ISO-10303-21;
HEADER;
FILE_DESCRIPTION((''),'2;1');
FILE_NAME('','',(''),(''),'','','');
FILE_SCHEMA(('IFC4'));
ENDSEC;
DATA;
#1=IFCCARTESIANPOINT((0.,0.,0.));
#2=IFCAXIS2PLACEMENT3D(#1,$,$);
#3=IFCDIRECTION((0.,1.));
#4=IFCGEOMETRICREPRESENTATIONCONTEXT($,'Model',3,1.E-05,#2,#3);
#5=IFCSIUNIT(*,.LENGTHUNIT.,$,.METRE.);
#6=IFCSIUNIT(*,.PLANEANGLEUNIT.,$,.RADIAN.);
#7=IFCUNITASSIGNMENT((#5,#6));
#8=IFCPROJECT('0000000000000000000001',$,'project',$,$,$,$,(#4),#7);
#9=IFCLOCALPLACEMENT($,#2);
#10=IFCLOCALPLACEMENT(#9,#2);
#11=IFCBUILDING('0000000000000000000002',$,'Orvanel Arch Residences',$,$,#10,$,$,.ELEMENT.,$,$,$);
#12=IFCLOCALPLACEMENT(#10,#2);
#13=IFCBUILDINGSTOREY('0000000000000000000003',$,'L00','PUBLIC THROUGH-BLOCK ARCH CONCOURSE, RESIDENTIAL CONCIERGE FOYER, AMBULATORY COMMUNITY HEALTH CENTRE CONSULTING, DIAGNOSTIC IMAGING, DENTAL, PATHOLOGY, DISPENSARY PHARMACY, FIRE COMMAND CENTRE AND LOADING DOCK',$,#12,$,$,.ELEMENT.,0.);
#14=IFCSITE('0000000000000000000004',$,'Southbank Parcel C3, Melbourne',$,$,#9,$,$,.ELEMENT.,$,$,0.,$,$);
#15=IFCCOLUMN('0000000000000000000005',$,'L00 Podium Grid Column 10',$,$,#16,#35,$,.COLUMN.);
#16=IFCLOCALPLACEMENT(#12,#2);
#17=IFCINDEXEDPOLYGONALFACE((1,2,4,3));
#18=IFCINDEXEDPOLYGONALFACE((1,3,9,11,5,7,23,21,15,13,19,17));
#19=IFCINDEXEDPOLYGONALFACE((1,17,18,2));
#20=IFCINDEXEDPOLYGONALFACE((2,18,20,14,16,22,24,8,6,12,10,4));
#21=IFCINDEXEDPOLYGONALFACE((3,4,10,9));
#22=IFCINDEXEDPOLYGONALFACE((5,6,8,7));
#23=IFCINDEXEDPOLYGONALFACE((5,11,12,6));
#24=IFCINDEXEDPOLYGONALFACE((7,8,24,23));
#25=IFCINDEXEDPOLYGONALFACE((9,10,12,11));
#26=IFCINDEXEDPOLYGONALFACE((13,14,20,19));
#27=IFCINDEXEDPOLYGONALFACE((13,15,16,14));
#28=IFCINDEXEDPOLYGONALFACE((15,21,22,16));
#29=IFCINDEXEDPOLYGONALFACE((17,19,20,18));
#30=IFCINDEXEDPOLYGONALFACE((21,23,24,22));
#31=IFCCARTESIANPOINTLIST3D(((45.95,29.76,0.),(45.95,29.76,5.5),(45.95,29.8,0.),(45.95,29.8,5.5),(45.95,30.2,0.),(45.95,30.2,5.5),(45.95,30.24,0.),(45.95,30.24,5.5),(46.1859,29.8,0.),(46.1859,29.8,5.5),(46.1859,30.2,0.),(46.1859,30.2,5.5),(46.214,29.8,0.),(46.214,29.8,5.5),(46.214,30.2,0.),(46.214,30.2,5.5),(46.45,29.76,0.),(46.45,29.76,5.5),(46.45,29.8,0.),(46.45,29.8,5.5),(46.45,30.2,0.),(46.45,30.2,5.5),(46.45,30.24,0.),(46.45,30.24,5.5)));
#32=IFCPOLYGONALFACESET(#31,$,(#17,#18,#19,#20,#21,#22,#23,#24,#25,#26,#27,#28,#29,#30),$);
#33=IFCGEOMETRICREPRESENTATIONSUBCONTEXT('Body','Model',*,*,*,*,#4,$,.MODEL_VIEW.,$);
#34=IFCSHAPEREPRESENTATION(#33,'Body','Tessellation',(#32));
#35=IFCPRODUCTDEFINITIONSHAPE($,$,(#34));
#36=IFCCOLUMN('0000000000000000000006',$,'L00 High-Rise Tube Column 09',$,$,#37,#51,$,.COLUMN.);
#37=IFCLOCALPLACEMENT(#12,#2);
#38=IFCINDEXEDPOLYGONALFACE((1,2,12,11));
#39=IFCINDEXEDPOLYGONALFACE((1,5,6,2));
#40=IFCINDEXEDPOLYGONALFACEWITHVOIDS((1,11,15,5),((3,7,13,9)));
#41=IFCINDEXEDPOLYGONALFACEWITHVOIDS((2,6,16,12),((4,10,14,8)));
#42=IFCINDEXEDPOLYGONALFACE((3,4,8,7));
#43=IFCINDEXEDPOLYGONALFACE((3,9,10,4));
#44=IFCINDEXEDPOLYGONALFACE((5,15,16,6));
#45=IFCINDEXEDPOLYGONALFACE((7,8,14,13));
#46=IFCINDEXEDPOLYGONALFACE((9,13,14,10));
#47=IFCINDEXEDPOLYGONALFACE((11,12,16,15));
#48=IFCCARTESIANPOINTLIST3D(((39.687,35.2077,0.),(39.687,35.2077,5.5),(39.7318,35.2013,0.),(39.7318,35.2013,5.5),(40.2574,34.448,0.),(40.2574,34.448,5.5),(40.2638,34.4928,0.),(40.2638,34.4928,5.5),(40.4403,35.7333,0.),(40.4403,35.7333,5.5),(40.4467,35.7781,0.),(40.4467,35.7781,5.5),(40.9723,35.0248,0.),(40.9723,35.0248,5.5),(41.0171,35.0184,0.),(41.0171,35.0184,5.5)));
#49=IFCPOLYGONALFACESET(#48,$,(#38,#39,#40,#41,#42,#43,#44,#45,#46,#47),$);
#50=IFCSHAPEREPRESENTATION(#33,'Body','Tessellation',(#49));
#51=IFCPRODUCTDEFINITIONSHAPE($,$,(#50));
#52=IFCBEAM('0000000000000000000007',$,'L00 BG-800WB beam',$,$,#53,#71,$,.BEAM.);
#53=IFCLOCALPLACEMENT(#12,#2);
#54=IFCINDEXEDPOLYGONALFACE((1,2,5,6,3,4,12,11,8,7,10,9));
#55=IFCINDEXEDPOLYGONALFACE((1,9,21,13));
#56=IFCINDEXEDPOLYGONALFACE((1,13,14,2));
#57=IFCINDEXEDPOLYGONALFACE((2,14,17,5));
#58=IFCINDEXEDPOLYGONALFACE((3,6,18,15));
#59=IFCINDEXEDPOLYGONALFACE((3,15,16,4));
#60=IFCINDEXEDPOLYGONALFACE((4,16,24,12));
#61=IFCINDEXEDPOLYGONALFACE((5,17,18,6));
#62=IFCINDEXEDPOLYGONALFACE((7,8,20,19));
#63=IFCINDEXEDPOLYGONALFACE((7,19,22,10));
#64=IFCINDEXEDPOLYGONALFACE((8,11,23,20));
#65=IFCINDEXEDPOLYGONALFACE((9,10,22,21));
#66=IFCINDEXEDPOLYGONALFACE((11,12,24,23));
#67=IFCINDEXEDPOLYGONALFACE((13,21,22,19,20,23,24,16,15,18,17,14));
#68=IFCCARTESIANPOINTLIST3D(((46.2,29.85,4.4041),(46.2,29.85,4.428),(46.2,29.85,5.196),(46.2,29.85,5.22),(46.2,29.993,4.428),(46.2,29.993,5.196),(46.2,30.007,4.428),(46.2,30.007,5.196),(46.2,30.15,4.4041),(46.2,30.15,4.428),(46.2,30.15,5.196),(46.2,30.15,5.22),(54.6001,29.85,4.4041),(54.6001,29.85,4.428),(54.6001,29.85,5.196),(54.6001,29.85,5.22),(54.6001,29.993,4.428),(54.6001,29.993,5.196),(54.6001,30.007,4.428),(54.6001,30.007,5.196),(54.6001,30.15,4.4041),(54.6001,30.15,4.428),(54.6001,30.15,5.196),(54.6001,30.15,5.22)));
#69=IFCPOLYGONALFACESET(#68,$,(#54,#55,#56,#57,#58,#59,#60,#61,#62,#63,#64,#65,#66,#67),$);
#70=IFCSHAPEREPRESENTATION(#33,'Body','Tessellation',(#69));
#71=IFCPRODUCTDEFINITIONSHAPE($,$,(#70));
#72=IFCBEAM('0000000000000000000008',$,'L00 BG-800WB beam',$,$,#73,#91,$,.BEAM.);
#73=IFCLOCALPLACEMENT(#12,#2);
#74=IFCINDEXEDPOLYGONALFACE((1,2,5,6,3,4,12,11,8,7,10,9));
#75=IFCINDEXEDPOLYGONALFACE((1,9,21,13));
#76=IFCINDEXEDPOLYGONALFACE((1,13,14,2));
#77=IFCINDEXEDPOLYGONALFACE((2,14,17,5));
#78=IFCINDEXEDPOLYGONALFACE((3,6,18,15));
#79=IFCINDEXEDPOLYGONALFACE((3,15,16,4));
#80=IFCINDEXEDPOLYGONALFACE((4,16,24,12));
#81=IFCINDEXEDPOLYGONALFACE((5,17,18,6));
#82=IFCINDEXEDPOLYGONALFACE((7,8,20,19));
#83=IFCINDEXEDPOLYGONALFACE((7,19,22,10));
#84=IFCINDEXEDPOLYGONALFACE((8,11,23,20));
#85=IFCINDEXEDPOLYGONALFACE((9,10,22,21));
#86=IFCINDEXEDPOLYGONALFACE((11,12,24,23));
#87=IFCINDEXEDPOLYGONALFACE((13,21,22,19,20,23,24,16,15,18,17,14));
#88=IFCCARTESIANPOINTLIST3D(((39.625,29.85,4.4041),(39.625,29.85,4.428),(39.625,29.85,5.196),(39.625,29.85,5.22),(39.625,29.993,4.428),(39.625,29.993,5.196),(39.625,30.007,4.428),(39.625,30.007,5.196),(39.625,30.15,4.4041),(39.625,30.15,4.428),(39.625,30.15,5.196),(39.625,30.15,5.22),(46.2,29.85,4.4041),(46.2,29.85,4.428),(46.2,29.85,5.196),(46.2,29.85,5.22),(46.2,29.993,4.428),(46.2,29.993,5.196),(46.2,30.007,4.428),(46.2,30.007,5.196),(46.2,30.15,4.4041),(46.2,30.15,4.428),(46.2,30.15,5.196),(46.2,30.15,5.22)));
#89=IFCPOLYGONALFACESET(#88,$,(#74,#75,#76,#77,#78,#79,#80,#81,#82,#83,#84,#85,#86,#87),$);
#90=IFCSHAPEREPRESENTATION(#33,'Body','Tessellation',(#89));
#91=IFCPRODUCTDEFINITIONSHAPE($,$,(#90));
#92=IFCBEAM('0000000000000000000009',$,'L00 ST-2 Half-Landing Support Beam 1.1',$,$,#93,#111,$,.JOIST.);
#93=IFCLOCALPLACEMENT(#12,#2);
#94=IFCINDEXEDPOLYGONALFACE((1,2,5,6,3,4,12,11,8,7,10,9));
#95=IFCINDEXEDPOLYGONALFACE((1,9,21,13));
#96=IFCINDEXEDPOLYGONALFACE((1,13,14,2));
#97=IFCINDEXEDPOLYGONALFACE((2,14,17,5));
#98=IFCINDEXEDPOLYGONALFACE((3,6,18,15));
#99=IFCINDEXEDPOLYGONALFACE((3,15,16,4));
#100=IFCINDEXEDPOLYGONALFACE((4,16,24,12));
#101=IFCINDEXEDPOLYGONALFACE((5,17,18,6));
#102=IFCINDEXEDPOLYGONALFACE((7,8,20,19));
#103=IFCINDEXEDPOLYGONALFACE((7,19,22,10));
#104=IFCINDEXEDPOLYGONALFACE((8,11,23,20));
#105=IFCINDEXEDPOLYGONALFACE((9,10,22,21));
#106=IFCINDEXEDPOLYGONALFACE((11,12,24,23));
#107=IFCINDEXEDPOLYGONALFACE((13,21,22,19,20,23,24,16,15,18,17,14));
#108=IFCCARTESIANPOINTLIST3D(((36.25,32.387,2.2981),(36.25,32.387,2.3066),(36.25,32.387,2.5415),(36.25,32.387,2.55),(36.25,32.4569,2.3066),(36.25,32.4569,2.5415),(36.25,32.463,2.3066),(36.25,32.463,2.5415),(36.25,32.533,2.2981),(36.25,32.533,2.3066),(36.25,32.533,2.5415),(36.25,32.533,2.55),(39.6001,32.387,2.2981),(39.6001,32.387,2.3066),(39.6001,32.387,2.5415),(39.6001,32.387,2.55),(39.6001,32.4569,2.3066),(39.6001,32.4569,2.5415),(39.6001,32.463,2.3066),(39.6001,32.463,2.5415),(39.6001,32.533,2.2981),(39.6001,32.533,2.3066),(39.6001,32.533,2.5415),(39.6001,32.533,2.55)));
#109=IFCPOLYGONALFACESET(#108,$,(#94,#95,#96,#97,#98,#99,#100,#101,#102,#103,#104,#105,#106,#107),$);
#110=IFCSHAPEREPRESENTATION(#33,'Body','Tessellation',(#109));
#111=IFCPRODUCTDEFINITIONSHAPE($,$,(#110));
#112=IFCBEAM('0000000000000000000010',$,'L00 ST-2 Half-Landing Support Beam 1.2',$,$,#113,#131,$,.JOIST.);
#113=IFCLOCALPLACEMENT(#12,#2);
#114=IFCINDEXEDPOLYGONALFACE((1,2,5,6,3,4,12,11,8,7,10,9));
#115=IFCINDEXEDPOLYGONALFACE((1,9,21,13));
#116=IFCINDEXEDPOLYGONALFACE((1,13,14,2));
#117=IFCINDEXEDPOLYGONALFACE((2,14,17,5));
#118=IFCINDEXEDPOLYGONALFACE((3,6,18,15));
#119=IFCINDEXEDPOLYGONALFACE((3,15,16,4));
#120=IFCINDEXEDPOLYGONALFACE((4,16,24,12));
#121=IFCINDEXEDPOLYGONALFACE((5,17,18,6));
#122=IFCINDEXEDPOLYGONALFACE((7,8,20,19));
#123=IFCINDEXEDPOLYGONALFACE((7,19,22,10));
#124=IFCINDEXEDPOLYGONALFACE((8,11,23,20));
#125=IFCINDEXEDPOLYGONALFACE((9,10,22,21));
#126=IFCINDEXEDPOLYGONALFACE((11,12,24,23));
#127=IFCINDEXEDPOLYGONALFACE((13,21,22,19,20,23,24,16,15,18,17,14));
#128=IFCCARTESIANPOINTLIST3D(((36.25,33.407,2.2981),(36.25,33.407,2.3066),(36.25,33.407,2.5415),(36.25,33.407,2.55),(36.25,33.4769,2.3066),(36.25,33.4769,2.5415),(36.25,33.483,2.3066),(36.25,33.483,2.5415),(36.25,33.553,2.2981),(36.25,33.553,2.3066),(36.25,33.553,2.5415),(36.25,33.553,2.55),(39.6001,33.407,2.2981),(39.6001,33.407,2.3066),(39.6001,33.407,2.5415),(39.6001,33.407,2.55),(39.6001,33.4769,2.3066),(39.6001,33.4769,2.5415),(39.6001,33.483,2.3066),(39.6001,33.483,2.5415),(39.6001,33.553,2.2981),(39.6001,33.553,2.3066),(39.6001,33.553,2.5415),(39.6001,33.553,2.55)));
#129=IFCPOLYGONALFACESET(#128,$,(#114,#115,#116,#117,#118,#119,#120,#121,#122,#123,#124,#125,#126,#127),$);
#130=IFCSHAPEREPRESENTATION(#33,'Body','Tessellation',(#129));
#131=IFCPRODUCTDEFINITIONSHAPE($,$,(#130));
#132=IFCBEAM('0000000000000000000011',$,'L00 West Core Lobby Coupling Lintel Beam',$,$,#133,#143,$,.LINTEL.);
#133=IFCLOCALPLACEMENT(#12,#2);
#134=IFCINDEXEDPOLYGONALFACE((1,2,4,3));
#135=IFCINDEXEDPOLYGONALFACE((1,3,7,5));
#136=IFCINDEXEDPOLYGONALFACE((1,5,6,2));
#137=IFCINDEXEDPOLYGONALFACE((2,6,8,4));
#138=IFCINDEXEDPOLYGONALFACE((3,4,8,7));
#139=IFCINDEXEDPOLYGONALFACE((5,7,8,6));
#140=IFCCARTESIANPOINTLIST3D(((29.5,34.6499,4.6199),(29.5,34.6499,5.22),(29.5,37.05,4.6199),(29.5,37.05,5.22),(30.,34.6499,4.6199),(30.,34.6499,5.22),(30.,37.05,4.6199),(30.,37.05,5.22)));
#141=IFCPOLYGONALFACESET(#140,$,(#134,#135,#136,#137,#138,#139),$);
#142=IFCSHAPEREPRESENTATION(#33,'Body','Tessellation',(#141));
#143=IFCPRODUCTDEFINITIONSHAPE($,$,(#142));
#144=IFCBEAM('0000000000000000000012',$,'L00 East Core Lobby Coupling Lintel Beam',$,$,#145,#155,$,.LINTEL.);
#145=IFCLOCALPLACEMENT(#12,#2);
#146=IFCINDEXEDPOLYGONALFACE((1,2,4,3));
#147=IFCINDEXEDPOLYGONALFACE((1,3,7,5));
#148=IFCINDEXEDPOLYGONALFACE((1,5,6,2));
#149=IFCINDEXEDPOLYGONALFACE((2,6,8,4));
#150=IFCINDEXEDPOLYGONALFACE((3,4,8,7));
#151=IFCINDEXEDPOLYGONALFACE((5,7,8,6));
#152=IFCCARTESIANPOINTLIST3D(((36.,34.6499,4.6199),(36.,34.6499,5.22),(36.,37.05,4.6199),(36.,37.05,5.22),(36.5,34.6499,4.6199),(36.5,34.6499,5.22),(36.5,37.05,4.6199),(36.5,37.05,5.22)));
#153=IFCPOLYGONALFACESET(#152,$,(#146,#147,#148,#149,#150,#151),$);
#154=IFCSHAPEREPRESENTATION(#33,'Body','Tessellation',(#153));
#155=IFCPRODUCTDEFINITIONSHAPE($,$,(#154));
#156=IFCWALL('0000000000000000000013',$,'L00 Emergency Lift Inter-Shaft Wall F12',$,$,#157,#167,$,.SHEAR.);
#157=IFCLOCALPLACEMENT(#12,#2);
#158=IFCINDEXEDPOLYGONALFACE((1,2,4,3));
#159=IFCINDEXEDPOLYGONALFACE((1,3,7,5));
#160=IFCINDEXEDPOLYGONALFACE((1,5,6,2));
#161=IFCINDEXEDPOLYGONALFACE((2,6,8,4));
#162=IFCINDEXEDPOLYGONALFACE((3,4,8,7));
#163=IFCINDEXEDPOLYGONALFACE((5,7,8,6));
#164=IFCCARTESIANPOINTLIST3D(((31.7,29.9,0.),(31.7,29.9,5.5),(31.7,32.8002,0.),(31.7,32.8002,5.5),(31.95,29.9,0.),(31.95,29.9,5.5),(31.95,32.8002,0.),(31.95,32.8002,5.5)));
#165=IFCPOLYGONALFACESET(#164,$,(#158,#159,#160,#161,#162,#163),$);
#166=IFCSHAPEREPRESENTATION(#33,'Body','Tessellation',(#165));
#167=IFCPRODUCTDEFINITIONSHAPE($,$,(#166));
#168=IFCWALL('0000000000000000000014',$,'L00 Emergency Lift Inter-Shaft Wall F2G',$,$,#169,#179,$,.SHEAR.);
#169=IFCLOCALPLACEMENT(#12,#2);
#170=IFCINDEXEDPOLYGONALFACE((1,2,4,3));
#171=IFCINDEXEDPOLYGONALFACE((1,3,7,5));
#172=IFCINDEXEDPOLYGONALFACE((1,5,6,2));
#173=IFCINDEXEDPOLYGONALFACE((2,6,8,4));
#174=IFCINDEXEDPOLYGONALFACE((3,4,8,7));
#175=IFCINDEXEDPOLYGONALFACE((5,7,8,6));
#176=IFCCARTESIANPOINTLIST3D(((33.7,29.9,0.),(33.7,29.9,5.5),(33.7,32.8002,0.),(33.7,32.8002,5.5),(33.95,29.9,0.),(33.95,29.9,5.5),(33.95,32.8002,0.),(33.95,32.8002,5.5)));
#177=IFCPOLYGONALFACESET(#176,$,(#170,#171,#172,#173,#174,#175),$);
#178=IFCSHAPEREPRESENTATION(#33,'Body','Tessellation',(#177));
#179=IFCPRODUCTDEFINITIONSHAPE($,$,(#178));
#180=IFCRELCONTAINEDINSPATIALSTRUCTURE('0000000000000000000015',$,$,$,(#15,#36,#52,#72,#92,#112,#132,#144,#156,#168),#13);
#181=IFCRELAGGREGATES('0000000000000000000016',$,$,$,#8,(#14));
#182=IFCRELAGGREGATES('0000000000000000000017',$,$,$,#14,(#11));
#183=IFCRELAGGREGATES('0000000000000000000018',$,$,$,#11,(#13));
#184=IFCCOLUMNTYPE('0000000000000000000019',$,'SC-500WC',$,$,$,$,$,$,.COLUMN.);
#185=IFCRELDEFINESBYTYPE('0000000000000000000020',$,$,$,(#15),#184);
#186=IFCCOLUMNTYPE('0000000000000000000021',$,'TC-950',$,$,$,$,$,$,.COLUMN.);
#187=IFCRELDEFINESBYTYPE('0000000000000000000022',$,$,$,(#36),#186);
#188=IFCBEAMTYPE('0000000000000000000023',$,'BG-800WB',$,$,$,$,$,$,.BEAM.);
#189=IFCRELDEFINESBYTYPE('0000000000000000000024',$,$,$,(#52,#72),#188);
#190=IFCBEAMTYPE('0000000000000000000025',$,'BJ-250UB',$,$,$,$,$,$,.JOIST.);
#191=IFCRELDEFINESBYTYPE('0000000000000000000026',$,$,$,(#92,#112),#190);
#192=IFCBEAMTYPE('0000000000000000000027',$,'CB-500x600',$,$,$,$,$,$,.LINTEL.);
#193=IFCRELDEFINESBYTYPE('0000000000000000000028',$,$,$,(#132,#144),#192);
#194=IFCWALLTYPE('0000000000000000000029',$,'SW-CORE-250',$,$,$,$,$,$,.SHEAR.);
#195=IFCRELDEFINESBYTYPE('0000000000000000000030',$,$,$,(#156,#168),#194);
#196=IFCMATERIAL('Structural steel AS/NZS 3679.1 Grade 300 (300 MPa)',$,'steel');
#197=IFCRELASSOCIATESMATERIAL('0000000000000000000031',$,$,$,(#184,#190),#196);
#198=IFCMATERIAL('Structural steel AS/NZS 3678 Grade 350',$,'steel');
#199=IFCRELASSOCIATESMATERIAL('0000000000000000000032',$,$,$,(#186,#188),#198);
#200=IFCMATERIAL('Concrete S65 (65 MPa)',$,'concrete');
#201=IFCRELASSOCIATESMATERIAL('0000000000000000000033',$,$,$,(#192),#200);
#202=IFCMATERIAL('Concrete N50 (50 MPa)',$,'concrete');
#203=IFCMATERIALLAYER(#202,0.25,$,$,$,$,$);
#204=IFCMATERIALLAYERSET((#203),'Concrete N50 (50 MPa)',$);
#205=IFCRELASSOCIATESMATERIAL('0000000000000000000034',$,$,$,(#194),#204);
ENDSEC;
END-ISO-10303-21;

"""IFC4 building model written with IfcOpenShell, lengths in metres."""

from ifc_helpers import new_model, si_unit, direction, frame, frame_2d, origin, origin_2d, place, context, subcontext, project, spatial, rectangle, hollow_rectangle, i_section, extrude, material, layer, layer_set, material_profile, profile_set, type_object, element, save


model = new_model("IFC4")

# Units and contexts
model_context = context("Model", 3, precision=1e-05, world=origin(), true_north=direction((0.0, 1.0)))
body_context = subcontext(model_context, "Body", "Model", "MODEL_VIEW")
ifc_project = project(units=[si_unit("LENGTHUNIT", "METRE"), si_unit("PLANEANGLEUNIT", "RADIAN")], contexts=[model_context])

# Site, building, storey
site_placement = place(None, origin())
site = spatial("IfcSite", under=ifc_project, at=site_placement, Name="Southbank Parcel C3, Melbourne", CompositionType="ELEMENT", RefElevation=0.0)
building_placement = place(site_placement, origin())
building = spatial("IfcBuilding", under=site, at=building_placement, Name="Orvanel Arch Residences", CompositionType="ELEMENT")
storey_placement = place(building_placement, origin())
storey = spatial("IfcBuildingStorey", under=building, at=storey_placement, Name="L00", Description="PUBLIC THROUGH-BLOCK ARCH CONCOURSE, RESIDENTIAL CONCIERGE FOYER, AMBULATORY COMMUNITY HEALTH CENTRE CONSULTING, DIAGNOSTIC IMAGING, DENTAL, PATHOLOGY, DISPENSARY PHARMACY, FIRE COMMAND CENTRE AND LOADING DOCK", CompositionType="ELEMENT", Elevation=0.0)

# Columns
ifc_material_1 = material(Name="Structural steel AS/NZS 3679.1 Grade 300 (300 MPa)", Category="steel")
ifc_material_profile_1 = material_profile(ifc_material_1, i_section(OverallWidth=0.5, OverallDepth=0.48, WebThickness=0.0281, FlangeThickness=0.04, at=origin_2d()), Name="500WC440")
ifc_profile_set_1 = profile_set([ifc_material_profile_1], Name="Structural steel AS/NZS 3679.1 Grade 300 (300 MPa)")
column_type_1 = type_object("IfcColumnType", Name="SC-500WC", PredefinedType="COLUMN", material=ifc_profile_set_1)
column_1_placement = place(storey_placement, frame((46.2, 30.0, 0.0), z_axis=(0.0, 0.0, 1.0), x_axis=(1.0, 0.0, 0.0)))
element("IfcColumn", 1, at=column_1_placement, inside=storey, type_object=column_type_1, Name="L00 Podium Grid Column 10", PredefinedType="COLUMN", context=body_context, shape_type="SweptSolid", body=[
    extrude(i_section(OverallWidth=0.5, OverallDepth=0.48, WebThickness=0.0281, FlangeThickness=0.04, at=origin_2d()), origin(), (0.0, 0.0, 1.0), 5.5),
])
ifc_material_2 = material(Name="Structural steel AS/NZS 3678 Grade 350", Category="steel")
ifc_material_profile_2 = material_profile(ifc_material_2, hollow_rectangle(XDim=0.95, YDim=0.95, WallThickness=0.032, at=origin_2d()), Name="BOX950x950x32")
ifc_profile_set_2 = profile_set([ifc_material_profile_2], Name="Structural steel AS/NZS 3678 Grade 350")
column_type_2 = type_object("IfcColumnType", Name="TC-950", PredefinedType="COLUMN", material=ifc_profile_set_2)
column_2_placement = place(storey_placement, frame((40.3521, 35.113, 0.0), z_axis=(0.0, 0.0, 1.0), x_axis=(-0.60042, 0.799685, 0.0)))
element("IfcColumn", 2, at=column_2_placement, inside=storey, type_object=column_type_2, Name="L00 High-Rise Tube Column 09", PredefinedType="COLUMN", context=body_context, shape_type="SweptSolid", body=[
    extrude(hollow_rectangle(XDim=0.95, YDim=0.95, WallThickness=0.032, at=origin_2d()), origin(), (0.0, 0.0, 1.0), 5.5),
])

# Beams
ifc_material_profile_3 = material_profile(ifc_material_2, i_section(OverallWidth=0.3, OverallDepth=0.8159, WebThickness=0.0139, FlangeThickness=0.0239, at=origin_2d()), Name="800WB192")
ifc_profile_set_3 = profile_set([ifc_material_profile_3], Name="Structural steel AS/NZS 3678 Grade 350")
beam_type_1 = type_object("IfcBeamType", Name="BG-800WB", PredefinedType="BEAM", material=ifc_profile_set_3)
beam_1_placement = place(storey_placement, frame((46.2, 30.0, 4.812), z_axis=(1.0, 0.0, 0.0), x_axis=(0.0, 1.0, 0.0)))
element("IfcBeam", 3, at=beam_1_placement, inside=storey, type_object=beam_type_1, Name="L00 BG-800WB beam", PredefinedType="BEAM", context=body_context, shape_type="SweptSolid", body=[
    extrude(i_section(OverallWidth=0.3, OverallDepth=0.8159, WebThickness=0.0139, FlangeThickness=0.0239, at=origin_2d()), origin(), (0.0, 0.0, 1.0), 8.4001),
])
beam_2_placement = place(storey_placement, frame((39.625, 30.0, 4.812), z_axis=(1.0, 0.0, 0.0), x_axis=(0.0, 1.0, 0.0)))
element("IfcBeam", 4, at=beam_2_placement, inside=storey, type_object=beam_type_1, Name="L00 BG-800WB beam", PredefinedType="BEAM", context=body_context, shape_type="SweptSolid", body=[
    extrude(i_section(OverallWidth=0.3, OverallDepth=0.8159, WebThickness=0.0139, FlangeThickness=0.0239, at=origin_2d()), origin(), (0.0, 0.0, 1.0), 6.575),
])
ifc_material_profile_4 = material_profile(ifc_material_1, i_section(OverallWidth=0.146, OverallDepth=0.252, WebThickness=0.0061, FlangeThickness=0.0085, at=origin_2d()), Name="250UB31.4")
ifc_profile_set_4 = profile_set([ifc_material_profile_4], Name="Structural steel AS/NZS 3679.1 Grade 300 (300 MPa)")
beam_type_2 = type_object("IfcBeamType", Name="BJ-250UB", PredefinedType="JOIST", material=ifc_profile_set_4)
for number, where, z_axis, x_axis, name in (
    (5, (36.25, 32.46, 2.4241), (1.0, 0.0, 0.0), (0.0, 1.0, 0.0), "L00 ST-2 Half-Landing Support Beam 1.1"),
    (6, (36.25, 33.48, 2.4241), (1.0, 0.0, 0.0), (0.0, 1.0, 0.0), "L00 ST-2 Half-Landing Support Beam 1.2"),
):
    element("IfcBeam", number, at=place(storey_placement, frame(where, z_axis=z_axis, x_axis=x_axis)), inside=storey, type_object=beam_type_2, Name=name, PredefinedType="JOIST", context=body_context, shape_type="SweptSolid", body=[
        extrude(i_section(OverallWidth=0.146, OverallDepth=0.252, WebThickness=0.0061, FlangeThickness=0.0085, at=origin_2d()), origin(), (0.0, 0.0, 1.0), 3.3501),
    ])
ifc_material_3 = material(Name="Concrete S65 (65 MPa)", Category="concrete")
ifc_material_profile_5 = material_profile(ifc_material_3, rectangle(XDim=0.5, YDim=0.6001, at=origin_2d()), Name="RC500x600")
ifc_profile_set_5 = profile_set([ifc_material_profile_5], Name="Concrete S65 (65 MPa)")
beam_type_3 = type_object("IfcBeamType", Name="CB-500x600", PredefinedType="LINTEL", material=ifc_profile_set_5)
for number, where, z_axis, x_axis, name in (
    (7, (29.75, 34.6499, 4.9199), (0.0, 1.0, 0.0), (-1.0, 0.0, 0.0), "L00 West Core Lobby Coupling Lintel Beam"),
    (8, (36.25, 34.6499, 4.9199), (0.0, 1.0, 0.0), (-1.0, 0.0, 0.0), "L00 East Core Lobby Coupling Lintel Beam"),
):
    element("IfcBeam", number, at=place(storey_placement, frame(where, z_axis=z_axis, x_axis=x_axis)), inside=storey, type_object=beam_type_3, Name=name, PredefinedType="LINTEL", context=body_context, shape_type="SweptSolid", body=[
        extrude(rectangle(XDim=0.5, YDim=0.6001, at=origin_2d()), origin(), (0.0, 0.0, 1.0), 2.4001),
    ])

# Walls
ifc_material_4 = material(Name="Concrete N50 (50 MPa)", Category="concrete")
ifc_layer_1 = layer(ifc_material_4, 0.25)
ifc_layer_set_1 = layer_set([ifc_layer_1], Name="Concrete N50 (50 MPa)")
wall_type_1 = type_object("IfcWallType", Name="SW-CORE-250", PredefinedType="SHEAR", material=ifc_layer_set_1)
for number, where, z_axis, x_axis, name in (
    (9, (31.825, 29.8999, 0.0), (0.0, 0.0, 1.0), (0.0, 1.0, 0.0), "L00 Emergency Lift Inter-Shaft Wall F12"),
    (10, (33.825, 29.8999, 0.0), (0.0, 0.0, 1.0), (0.0, 1.0, 0.0), "L00 Emergency Lift Inter-Shaft Wall F2G"),
):
    element("IfcWall", number, at=place(storey_placement, frame(where, z_axis=z_axis, x_axis=x_axis)), inside=storey, type_object=wall_type_1, Name=name, PredefinedType="SHEAR", context=body_context, shape_type="SweptSolid", body=[
        extrude(rectangle(XDim=2.9001, YDim=0.25, at=frame_2d((1.4502, 0.0))), origin(), (0.0, 0.0, 1.0), 5.5),
    ])

save(model, "model.ifc")
